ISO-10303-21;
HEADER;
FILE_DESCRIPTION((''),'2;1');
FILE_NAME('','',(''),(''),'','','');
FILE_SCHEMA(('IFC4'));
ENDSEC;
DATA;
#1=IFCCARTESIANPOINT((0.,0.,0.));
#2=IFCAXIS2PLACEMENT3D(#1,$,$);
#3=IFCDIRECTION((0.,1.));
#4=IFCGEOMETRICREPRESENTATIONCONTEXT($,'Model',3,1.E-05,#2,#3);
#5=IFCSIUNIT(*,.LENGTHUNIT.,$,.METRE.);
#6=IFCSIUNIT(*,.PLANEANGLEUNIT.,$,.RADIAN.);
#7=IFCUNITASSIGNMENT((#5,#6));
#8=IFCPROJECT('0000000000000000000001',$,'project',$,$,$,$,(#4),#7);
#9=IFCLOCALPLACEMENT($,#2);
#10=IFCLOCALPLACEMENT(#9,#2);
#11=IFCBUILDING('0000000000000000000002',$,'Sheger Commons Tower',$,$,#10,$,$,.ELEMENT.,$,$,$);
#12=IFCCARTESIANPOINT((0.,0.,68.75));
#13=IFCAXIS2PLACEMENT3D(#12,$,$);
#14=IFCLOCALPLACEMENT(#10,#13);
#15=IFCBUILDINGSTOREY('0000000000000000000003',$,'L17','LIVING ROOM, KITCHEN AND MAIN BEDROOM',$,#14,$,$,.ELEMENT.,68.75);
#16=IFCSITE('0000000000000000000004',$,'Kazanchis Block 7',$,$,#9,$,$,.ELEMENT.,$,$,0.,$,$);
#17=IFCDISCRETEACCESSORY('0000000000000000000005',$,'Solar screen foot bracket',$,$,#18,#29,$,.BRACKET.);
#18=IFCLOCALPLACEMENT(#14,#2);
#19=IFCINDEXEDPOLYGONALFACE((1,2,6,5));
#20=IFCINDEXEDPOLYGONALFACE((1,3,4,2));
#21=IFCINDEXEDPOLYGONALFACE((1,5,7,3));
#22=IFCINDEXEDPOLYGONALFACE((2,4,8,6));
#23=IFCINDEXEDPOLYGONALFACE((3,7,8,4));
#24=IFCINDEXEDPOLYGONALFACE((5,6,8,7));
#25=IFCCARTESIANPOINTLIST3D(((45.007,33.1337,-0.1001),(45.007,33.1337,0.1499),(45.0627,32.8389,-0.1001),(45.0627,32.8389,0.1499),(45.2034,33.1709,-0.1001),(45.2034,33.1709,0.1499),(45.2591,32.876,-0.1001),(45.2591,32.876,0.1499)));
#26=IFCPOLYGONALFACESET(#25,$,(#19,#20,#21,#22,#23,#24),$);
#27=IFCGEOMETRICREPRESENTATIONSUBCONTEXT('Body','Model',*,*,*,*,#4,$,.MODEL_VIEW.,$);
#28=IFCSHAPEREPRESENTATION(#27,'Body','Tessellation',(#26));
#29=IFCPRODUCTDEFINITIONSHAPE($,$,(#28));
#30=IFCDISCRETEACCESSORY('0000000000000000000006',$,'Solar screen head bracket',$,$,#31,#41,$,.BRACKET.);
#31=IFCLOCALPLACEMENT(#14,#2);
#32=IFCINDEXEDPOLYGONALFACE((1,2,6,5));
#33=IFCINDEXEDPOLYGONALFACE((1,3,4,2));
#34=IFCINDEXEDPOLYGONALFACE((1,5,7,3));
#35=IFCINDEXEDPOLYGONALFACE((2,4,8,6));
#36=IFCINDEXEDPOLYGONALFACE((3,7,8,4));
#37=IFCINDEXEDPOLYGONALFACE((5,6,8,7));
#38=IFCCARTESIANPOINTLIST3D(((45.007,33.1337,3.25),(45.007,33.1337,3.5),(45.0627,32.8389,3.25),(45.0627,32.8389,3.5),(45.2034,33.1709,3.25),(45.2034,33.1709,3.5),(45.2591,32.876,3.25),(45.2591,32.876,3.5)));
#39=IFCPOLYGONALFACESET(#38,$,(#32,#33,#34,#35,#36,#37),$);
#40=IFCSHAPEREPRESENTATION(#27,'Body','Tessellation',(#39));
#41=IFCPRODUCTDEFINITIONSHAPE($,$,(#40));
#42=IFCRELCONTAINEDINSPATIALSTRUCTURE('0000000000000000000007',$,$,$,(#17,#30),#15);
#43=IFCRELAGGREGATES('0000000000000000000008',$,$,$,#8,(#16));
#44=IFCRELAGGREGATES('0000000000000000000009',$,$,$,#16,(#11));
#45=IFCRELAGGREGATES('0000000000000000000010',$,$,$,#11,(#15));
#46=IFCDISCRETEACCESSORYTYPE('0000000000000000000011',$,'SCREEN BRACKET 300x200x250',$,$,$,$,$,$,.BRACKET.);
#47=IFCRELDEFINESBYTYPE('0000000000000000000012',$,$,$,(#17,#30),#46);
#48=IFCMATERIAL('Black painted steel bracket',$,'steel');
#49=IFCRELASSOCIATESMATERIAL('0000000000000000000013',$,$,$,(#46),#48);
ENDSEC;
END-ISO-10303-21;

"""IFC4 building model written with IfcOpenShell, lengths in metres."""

from ifc_helpers import new_model, si_unit, direction, frame, origin, origin_2d, place, context, subcontext, project, spatial, rectangle, extrude, material, type_object, element, save


model = new_model("IFC4")

# Units and contexts
model_context = context("Model", 3, precision=1e-05, world=origin(), true_north=direction((0.0, 1.0)))
body_context = subcontext(model_context, "Body", "Model", "MODEL_VIEW")
ifc_project = project(units=[si_unit("LENGTHUNIT", "METRE"), si_unit("PLANEANGLEUNIT", "RADIAN")], contexts=[model_context])

# Site, building, storey
site_placement = place(None, origin())
site = spatial("IfcSite", under=ifc_project, at=site_placement, Name="Kazanchis Block 7", CompositionType="ELEMENT", RefElevation=0.0)
building_placement = place(site_placement, origin())
building = spatial("IfcBuilding", under=site, at=building_placement, Name="Sheger Commons Tower", CompositionType="ELEMENT")
storey_placement = place(building_placement, frame((0.0, 0.0, 68.75)))
storey = spatial("IfcBuildingStorey", under=building, at=storey_placement, Name="L17", Description="LIVING ROOM, KITCHEN AND MAIN BEDROOM", CompositionType="ELEMENT", Elevation=68.75)

# Discrete accessories
ifc_material_1 = material(Name="Black painted steel bracket", Category="steel")
discrete_accessory_type = type_object("IfcDiscreteAccessoryType", Name="SCREEN BRACKET 300x200x250", PredefinedType="BRACKET", material=ifc_material_1)
for number, where, z_axis, x_axis, name in (
    (1, (45.1331, 33.0049, -0.1001), (0.0, 0.0, 1.0), (-0.185615, 0.982623, 0.0), "Solar screen foot bracket"),
    (2, (45.1331, 33.0049, 3.25), (0.0, 0.0, 1.0), (-0.185615, 0.982623, 0.0), "Solar screen head bracket"),
):
    element("IfcDiscreteAccessory", number, at=place(storey_placement, frame(where, z_axis=z_axis, x_axis=x_axis)), inside=storey, type_object=discrete_accessory_type, Name=name, PredefinedType="BRACKET", context=body_context, shape_type="SweptSolid", body=[
        extrude(rectangle(XDim=0.3, YDim=0.2, at=origin_2d()), origin(), (0.0, 0.0, 1.0), 0.25),
    ])

save(model, "model.ifc")
